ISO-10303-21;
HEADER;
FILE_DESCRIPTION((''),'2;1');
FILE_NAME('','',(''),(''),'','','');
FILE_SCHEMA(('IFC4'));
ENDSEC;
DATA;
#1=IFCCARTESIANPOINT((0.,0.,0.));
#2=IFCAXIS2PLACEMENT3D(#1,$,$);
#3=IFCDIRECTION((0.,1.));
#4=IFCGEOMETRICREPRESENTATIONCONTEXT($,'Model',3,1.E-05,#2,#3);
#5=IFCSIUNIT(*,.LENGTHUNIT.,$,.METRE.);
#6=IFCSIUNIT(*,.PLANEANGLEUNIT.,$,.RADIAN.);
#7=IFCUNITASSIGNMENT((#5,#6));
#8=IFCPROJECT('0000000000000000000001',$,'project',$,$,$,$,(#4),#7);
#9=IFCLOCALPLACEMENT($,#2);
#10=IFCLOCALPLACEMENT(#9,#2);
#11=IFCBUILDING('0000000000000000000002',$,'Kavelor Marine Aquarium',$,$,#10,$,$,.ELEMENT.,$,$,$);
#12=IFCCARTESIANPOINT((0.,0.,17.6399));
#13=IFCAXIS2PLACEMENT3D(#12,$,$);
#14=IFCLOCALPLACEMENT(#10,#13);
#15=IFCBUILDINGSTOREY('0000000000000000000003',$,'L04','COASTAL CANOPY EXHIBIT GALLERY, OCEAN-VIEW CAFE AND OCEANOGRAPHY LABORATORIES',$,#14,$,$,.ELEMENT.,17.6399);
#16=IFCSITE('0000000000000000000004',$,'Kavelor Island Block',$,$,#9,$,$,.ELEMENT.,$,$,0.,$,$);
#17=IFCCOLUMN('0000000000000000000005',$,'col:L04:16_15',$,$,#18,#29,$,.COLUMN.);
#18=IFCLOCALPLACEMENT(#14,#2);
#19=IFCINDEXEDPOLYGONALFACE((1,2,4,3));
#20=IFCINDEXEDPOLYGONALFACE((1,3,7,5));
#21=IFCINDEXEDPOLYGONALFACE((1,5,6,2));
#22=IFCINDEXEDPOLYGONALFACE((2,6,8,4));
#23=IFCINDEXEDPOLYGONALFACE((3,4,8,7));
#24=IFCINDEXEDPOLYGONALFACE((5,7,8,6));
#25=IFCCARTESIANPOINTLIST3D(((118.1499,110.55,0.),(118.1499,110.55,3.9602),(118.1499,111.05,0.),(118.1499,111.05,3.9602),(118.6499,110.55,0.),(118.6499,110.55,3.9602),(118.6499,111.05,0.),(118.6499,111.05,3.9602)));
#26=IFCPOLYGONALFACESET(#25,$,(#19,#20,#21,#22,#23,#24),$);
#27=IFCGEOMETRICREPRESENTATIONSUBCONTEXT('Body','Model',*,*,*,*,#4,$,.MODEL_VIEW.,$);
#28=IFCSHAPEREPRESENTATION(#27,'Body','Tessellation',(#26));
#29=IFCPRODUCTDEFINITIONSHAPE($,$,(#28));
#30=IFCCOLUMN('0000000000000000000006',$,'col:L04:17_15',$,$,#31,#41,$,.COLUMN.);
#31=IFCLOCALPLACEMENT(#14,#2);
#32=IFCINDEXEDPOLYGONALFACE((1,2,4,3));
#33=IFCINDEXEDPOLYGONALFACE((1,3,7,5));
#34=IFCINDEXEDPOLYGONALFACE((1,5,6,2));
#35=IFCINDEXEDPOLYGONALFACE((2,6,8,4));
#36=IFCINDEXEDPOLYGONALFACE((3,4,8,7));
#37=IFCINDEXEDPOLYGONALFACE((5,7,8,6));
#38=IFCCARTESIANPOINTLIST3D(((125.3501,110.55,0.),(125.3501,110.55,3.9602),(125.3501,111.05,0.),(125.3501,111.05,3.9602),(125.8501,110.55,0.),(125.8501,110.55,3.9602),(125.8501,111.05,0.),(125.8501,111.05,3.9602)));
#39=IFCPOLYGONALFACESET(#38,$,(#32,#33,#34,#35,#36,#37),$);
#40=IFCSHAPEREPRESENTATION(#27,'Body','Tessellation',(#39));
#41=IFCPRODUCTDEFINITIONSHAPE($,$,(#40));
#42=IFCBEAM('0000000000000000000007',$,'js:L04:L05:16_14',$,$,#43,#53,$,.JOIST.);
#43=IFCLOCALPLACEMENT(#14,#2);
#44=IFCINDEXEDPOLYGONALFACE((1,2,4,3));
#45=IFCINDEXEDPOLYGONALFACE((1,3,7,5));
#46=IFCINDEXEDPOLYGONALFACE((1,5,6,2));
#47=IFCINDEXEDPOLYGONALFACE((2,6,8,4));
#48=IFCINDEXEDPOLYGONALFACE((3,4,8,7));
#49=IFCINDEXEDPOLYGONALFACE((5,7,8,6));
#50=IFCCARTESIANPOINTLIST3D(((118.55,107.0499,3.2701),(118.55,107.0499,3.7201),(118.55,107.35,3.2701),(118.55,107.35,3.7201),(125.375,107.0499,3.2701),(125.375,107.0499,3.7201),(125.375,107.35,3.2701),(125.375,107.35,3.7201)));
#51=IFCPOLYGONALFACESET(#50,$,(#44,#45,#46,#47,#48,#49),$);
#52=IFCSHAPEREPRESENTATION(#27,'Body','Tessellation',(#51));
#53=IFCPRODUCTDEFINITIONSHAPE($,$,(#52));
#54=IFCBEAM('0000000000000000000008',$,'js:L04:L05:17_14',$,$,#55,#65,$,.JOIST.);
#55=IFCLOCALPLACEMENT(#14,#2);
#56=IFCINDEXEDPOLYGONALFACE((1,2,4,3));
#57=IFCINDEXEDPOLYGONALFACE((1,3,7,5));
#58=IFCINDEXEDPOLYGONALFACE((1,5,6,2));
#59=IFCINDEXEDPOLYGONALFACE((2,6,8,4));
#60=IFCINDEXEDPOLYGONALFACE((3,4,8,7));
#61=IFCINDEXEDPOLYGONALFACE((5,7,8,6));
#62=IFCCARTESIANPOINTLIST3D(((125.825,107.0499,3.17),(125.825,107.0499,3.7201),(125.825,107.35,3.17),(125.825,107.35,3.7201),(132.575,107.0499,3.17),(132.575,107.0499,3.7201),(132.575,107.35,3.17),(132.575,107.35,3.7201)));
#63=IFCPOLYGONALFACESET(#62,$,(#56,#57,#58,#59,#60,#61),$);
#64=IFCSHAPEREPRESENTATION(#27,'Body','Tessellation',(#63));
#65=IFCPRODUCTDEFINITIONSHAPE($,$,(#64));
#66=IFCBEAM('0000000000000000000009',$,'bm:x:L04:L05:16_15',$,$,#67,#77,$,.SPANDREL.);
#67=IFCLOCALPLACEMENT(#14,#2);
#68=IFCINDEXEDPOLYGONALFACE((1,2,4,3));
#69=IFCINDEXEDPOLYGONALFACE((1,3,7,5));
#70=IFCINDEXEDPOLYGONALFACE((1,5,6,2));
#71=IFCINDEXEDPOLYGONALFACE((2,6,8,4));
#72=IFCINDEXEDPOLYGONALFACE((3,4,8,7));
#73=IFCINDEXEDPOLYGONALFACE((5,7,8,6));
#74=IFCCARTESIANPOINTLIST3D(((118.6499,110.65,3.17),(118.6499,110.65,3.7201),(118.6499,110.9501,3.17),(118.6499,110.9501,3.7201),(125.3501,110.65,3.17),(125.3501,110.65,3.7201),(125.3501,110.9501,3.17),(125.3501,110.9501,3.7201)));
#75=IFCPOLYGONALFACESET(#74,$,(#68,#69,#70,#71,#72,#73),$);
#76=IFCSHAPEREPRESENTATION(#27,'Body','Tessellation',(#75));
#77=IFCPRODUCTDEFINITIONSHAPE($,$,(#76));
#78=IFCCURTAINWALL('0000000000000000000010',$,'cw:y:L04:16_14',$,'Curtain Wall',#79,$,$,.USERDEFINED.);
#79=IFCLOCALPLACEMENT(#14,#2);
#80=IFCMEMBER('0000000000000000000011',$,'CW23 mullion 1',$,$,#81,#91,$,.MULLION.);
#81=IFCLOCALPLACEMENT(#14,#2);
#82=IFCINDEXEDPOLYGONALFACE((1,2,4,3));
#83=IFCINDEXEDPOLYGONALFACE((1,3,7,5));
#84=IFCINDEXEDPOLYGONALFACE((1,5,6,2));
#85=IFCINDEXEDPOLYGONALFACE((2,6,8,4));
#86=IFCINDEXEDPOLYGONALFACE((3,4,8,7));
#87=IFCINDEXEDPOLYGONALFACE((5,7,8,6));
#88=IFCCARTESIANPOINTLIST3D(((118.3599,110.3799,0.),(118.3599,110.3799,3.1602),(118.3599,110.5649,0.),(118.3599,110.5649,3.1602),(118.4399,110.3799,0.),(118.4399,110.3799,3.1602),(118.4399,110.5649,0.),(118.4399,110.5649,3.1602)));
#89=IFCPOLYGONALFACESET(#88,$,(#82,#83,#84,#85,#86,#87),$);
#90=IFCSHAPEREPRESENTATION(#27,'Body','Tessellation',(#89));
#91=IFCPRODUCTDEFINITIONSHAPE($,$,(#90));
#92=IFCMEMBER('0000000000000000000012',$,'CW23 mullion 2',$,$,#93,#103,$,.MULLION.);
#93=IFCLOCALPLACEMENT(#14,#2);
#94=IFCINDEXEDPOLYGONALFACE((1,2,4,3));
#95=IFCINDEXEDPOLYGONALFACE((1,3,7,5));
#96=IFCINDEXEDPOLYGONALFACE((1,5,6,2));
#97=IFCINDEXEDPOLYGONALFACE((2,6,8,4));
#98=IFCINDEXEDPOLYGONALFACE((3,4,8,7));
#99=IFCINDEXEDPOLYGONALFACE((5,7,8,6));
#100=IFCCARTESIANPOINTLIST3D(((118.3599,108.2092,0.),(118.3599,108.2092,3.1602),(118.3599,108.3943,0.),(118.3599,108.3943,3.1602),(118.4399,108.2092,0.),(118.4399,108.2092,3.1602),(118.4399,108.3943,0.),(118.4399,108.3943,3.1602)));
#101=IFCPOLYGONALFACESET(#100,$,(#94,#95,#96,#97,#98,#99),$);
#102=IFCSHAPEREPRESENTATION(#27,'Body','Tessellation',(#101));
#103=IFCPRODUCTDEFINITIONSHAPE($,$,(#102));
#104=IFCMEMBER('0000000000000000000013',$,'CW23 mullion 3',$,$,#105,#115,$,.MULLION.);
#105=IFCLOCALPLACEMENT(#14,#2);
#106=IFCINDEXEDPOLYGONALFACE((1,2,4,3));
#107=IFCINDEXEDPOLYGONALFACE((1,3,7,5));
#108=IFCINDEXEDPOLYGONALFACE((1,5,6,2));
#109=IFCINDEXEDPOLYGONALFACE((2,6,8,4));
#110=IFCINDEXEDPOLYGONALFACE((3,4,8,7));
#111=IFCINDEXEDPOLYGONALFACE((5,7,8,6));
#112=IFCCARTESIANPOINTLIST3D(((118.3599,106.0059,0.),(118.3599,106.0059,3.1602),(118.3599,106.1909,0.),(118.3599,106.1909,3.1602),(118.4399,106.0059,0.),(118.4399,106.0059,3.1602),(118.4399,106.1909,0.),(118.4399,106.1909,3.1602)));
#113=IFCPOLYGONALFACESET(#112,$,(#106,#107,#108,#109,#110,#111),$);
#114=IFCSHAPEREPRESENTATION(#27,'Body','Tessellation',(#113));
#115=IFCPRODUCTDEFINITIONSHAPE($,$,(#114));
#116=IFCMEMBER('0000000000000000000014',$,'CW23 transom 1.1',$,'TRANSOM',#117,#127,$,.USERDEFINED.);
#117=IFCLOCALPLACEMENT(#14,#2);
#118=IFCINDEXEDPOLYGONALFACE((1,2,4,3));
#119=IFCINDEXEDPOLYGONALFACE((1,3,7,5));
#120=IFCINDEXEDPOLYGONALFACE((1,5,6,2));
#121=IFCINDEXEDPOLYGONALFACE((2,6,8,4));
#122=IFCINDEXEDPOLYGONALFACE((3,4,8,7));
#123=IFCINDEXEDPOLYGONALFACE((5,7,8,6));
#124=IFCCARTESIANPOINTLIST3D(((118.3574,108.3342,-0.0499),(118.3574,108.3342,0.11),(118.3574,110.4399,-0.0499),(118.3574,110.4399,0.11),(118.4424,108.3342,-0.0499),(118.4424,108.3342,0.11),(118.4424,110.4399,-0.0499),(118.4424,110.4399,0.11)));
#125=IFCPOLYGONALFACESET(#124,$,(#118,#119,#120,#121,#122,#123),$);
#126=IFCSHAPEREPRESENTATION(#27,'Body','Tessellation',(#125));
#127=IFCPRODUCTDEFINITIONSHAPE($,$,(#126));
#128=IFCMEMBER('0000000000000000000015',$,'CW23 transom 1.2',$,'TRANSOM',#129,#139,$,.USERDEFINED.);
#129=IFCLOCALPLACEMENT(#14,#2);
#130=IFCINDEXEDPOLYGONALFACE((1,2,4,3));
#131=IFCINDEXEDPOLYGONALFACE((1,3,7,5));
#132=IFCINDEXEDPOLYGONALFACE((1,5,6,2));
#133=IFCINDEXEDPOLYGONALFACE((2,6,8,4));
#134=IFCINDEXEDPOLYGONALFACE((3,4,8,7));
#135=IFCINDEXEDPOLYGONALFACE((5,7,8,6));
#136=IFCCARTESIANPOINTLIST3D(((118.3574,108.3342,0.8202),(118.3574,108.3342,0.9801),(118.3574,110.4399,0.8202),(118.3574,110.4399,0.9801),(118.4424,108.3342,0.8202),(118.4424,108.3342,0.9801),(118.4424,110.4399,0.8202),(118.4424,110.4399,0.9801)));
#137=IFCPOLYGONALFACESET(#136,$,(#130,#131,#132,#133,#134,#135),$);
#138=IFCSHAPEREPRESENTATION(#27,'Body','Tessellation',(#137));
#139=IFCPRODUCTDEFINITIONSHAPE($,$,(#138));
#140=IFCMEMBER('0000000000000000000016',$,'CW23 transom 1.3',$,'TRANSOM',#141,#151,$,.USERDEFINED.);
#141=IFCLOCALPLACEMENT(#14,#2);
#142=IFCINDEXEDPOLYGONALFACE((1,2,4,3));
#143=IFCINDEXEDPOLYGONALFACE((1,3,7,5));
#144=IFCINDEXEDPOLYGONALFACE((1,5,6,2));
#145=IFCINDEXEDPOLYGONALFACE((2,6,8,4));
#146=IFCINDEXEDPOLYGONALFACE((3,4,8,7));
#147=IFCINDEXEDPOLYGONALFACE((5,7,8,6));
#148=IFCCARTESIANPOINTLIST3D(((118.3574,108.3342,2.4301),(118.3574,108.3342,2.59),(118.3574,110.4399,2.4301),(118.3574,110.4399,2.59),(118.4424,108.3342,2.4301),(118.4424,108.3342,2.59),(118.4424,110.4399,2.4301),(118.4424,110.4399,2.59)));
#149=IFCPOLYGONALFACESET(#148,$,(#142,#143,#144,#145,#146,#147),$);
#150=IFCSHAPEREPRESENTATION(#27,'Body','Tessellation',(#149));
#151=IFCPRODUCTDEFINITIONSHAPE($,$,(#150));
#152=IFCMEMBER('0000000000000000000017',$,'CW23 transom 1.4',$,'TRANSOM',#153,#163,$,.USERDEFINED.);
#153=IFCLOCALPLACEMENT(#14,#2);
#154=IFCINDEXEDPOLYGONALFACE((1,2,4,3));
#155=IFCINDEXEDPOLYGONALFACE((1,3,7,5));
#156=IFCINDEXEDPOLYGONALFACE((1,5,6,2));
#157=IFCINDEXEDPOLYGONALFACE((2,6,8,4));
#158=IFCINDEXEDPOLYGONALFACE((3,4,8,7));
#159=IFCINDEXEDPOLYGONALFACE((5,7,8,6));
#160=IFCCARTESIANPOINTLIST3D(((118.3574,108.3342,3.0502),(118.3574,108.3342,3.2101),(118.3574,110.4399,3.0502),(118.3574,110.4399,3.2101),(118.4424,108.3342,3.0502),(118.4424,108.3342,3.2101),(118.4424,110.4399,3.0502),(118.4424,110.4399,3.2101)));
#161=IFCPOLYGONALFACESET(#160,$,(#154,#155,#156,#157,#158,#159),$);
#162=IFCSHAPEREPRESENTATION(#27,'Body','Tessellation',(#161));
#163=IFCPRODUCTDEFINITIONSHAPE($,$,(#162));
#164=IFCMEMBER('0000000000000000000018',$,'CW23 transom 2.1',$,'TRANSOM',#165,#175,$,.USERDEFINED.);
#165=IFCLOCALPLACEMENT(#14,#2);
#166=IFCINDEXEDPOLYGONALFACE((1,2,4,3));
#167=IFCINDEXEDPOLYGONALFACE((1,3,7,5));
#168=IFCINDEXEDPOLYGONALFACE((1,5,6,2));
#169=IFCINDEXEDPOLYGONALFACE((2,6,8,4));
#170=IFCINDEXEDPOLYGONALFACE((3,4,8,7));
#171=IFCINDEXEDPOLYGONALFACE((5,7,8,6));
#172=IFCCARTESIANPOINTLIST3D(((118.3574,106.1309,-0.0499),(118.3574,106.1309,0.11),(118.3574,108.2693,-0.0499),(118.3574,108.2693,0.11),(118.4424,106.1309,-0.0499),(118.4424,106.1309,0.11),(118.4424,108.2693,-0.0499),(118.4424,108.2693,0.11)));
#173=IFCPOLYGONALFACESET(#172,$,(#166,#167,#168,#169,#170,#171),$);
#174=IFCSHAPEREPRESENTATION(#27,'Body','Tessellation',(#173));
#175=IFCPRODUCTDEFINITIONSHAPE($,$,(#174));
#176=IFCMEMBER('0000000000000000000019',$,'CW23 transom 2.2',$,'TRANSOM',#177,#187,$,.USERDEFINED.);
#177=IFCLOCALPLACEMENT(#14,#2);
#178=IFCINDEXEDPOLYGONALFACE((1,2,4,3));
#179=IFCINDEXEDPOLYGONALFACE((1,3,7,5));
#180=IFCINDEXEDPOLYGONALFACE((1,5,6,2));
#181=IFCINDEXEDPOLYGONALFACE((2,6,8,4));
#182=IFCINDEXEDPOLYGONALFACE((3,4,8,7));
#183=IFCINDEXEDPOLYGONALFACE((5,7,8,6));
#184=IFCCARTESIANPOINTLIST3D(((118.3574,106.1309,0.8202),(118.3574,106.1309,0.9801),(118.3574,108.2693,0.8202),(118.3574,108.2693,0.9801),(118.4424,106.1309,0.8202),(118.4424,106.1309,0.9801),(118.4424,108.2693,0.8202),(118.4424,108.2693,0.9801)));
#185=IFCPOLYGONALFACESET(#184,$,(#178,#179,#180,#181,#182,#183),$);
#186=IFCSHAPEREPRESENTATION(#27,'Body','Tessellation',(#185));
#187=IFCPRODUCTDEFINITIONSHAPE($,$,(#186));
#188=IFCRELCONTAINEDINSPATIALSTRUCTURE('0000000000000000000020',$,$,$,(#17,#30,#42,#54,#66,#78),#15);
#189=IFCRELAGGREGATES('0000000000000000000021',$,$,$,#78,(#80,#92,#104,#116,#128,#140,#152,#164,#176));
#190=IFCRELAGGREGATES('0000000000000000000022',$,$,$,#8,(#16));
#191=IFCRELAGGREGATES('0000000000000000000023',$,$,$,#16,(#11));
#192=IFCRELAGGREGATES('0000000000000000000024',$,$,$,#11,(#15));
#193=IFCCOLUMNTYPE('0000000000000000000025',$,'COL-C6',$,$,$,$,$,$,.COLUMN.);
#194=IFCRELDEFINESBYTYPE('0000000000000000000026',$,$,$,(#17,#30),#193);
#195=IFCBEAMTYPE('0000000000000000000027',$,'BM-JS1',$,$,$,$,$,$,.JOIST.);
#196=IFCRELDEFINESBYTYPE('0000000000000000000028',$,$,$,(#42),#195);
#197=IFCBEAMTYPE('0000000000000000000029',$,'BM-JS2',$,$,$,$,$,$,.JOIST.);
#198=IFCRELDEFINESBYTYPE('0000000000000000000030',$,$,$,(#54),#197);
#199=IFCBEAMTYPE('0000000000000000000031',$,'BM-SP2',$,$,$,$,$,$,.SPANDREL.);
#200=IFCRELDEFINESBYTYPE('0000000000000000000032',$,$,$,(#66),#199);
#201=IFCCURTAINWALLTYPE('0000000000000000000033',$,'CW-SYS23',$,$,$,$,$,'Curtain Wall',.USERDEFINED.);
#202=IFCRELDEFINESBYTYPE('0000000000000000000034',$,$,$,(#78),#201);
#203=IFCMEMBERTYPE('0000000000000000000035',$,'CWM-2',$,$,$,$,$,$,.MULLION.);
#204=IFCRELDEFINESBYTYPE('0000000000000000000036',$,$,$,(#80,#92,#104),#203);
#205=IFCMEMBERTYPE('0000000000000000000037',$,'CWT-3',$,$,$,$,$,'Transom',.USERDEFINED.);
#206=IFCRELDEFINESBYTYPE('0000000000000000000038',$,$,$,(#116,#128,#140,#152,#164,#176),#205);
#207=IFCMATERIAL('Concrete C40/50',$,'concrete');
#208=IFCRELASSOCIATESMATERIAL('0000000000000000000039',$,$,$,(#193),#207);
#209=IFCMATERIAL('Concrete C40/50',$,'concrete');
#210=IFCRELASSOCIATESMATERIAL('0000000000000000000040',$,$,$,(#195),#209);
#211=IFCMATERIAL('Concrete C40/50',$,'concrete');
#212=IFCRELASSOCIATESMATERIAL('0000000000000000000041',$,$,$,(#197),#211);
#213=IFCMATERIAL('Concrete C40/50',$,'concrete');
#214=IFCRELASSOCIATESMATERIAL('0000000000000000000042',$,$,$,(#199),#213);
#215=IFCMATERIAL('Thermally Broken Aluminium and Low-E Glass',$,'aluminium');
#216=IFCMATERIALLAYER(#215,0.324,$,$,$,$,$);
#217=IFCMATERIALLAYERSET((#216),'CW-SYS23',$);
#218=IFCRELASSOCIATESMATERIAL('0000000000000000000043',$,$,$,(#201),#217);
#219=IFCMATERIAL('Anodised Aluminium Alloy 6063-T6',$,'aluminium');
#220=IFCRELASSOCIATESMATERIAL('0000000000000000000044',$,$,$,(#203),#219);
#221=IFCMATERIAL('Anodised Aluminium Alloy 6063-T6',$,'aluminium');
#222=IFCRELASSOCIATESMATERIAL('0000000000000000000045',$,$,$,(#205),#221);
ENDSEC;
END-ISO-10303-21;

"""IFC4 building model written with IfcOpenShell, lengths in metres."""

from ifc_helpers import new_model, si_unit, direction, frame, origin, origin_2d, place, context, subcontext, project, spatial, rectangle, extrude, material, layer, layer_set, material_profile, profile_set, type_object, element, aggregate, save


model = new_model("IFC4")

# Units and contexts
model_context = context("Model", 3, precision=1e-05, world=origin(), true_north=direction((0.0, 1.0)))
body_context = subcontext(model_context, "Body", "Model", "MODEL_VIEW")
ifc_project = project(units=[si_unit("LENGTHUNIT", "METRE"), si_unit("PLANEANGLEUNIT", "RADIAN")], contexts=[model_context])

# Site, building, storey
site_placement = place(None, origin())
site = spatial("IfcSite", under=ifc_project, at=site_placement, Name="Kavelor Island Block", CompositionType="ELEMENT", RefElevation=0.0)
building_placement = place(site_placement, origin())
building = spatial("IfcBuilding", under=site, at=building_placement, Name="Kavelor Marine Aquarium", CompositionType="ELEMENT")
storey_placement = place(building_placement, frame((0.0, 0.0, 17.6399)))
storey = spatial("IfcBuildingStorey", under=building, at=storey_placement, Name="L04", Description="COASTAL CANOPY EXHIBIT GALLERY, OCEAN-VIEW CAFE AND OCEANOGRAPHY LABORATORIES", CompositionType="ELEMENT", Elevation=17.6399)

# Columns
ifc_material_1 = material(Name="Concrete C40/50", Category="concrete")
ifc_material_profile_1 = material_profile(ifc_material_1, rectangle(XDim=0.5, YDim=0.5, at=origin_2d()), Name="RC-COL 500x500")
ifc_profile_set_1 = profile_set([ifc_material_profile_1], Name="Concrete C40/50")
column_type = type_object("IfcColumnType", Name="COL-C6", PredefinedType="COLUMN", material=ifc_profile_set_1)
for number, where, z_axis, x_axis, name in (
    (1, (118.3999, 110.8, 0.0), (0.0, 0.0, 1.0), (1.0, 0.0, 0.0), "col:L04:16_15"),
    (2, (125.6001, 110.8, 0.0), (0.0, 0.0, 1.0), (1.0, 0.0, 0.0), "col:L04:17_15"),
):
    element("IfcColumn", number, at=place(storey_placement, frame(where, z_axis=z_axis, x_axis=x_axis)), inside=storey, type_object=column_type, Name=name, PredefinedType="COLUMN", context=body_context, shape_type="SweptSolid", body=[
        extrude(rectangle(XDim=0.5, YDim=0.5, at=origin_2d()), origin(), (0.0, 0.0, 1.0), 3.9602),
    ])

# Beams
ifc_material_2 = material(Name="Concrete C40/50", Category="concrete")
ifc_material_profile_2 = material_profile(ifc_material_2, rectangle(XDim=0.3, YDim=0.45, at=origin_2d()), Name="RC-JS 300x450")
ifc_profile_set_2 = profile_set([ifc_material_profile_2], Name="Concrete C40/50")
beam_type_1 = type_object("IfcBeamType", Name="BM-JS1", PredefinedType="JOIST", material=ifc_profile_set_2)
beam_1_placement = place(storey_placement, frame((118.55, 107.2, 3.4951), z_axis=(1.0, 0.0, 0.0), x_axis=(0.0, 1.0, 0.0)))
element("IfcBeam", 3, at=beam_1_placement, inside=storey, type_object=beam_type_1, Name="js:L04:L05:16_14", PredefinedType="JOIST", context=body_context, shape_type="SweptSolid", body=[
    extrude(rectangle(XDim=0.3, YDim=0.45, at=origin_2d()), origin(), (0.0, 0.0, 1.0), 6.825),
])
ifc_material_3 = material(Name="Concrete C40/50", Category="concrete")
ifc_material_profile_3 = material_profile(ifc_material_3, rectangle(XDim=0.3, YDim=0.55, at=origin_2d()), Name="RC-JS 300x550")
ifc_profile_set_3 = profile_set([ifc_material_profile_3], Name="Concrete C40/50")
beam_type_2 = type_object("IfcBeamType", Name="BM-JS2", PredefinedType="JOIST", material=ifc_profile_set_3)
beam_2_placement = place(storey_placement, frame((125.825, 107.2, 3.4451), z_axis=(1.0, 0.0, 0.0), x_axis=(0.0, 1.0, 0.0)))
element("IfcBeam", 4, at=beam_2_placement, inside=storey, type_object=beam_type_2, Name="js:L04:L05:17_14", PredefinedType="JOIST", context=body_context, shape_type="SweptSolid", body=[
    extrude(rectangle(XDim=0.3, YDim=0.55, at=origin_2d()), origin(), (0.0, 0.0, 1.0), 6.75),
])
ifc_material_4 = material(Name="Concrete C40/50", Category="concrete")
ifc_material_profile_4 = material_profile(ifc_material_4, rectangle(XDim=0.3, YDim=0.55, at=origin_2d()), Name="RC-SP 300x550")
ifc_profile_set_4 = profile_set([ifc_material_profile_4], Name="Concrete C40/50")
beam_type_3 = type_object("IfcBeamType", Name="BM-SP2", PredefinedType="SPANDREL", material=ifc_profile_set_4)
beam_3_placement = place(storey_placement, frame((118.6499, 110.8, 3.4451), z_axis=(1.0, 0.0, 0.0), x_axis=(0.0, 1.0, 0.0)))
element("IfcBeam", 5, at=beam_3_placement, inside=storey, type_object=beam_type_3, Name="bm:x:L04:L05:16_15", PredefinedType="SPANDREL", context=body_context, shape_type="SweptSolid", body=[
    extrude(rectangle(XDim=0.3, YDim=0.55, at=origin_2d()), origin(), (0.0, 0.0, 1.0), 6.7002),
])

# Curtain wall, members
ifc_material_5 = material(Name="Thermally Broken Aluminium and Low-E Glass", Category="aluminium")
ifc_layer_1 = layer(ifc_material_5, 0.324)
ifc_layer_set_1 = layer_set([ifc_layer_1], Name="CW-SYS23")
curtain_wall_type = type_object("IfcCurtainWallType", Name="CW-SYS23", ElementType="Curtain Wall", PredefinedType="USERDEFINED", material=ifc_layer_set_1)
curtain_wall_placement = place(storey_placement, origin())
curtain_wall = element("IfcCurtainWall", 6, at=curtain_wall_placement, inside=storey, type_object=curtain_wall_type, Name="cw:y:L04:16_14", ObjectType="Curtain Wall", PredefinedType="USERDEFINED")
ifc_material_6 = material(Name="Anodised Aluminium Alloy 6063-T6", Category="aluminium")
ifc_material_profile_5 = material_profile(ifc_material_6, rectangle(XDim=0.0801, YDim=0.1851, at=origin_2d()), Name="CW-MUL 80x185")
ifc_profile_set_5 = profile_set([ifc_material_profile_5], Name="Anodised Aluminium Alloy 6063-T6")
member_type_1 = type_object("IfcMemberType", Name="CWM-2", PredefinedType="MULLION", material=ifc_profile_set_5)
member_1_placement = place(storey_placement, frame((118.3999, 110.4724, 0.0), z_axis=(0.0, 0.0, 1.0), x_axis=(1.0, 0.0, 0.0)))
member_1 = element("IfcMember", 7, at=member_1_placement, type_object=member_type_1, Name="CW23 mullion 1", PredefinedType="MULLION", context=body_context, shape_type="SweptSolid", body=[
    extrude(rectangle(XDim=0.0801, YDim=0.1851, at=origin_2d()), origin(), (0.0, 0.0, 1.0), 3.1602),
])
member_2_placement = place(storey_placement, frame((118.3999, 108.3018, 0.0), z_axis=(0.0, 0.0, 1.0), x_axis=(1.0, 0.0, 0.0)))
member_2 = element("IfcMember", 8, at=member_2_placement, type_object=member_type_1, Name="CW23 mullion 2", PredefinedType="MULLION", context=body_context, shape_type="SweptSolid", body=[
    extrude(rectangle(XDim=0.0801, YDim=0.1851, at=origin_2d()), origin(), (0.0, 0.0, 1.0), 3.1602),
])
member_3_placement = place(storey_placement, frame((118.3999, 106.0984, 0.0), z_axis=(0.0, 0.0, 1.0), x_axis=(1.0, 0.0, 0.0)))
member_3 = element("IfcMember", 9, at=member_3_placement, type_object=member_type_1, Name="CW23 mullion 3", PredefinedType="MULLION", context=body_context, shape_type="SweptSolid", body=[
    extrude(rectangle(XDim=0.0801, YDim=0.1851, at=origin_2d()), origin(), (0.0, 0.0, 1.0), 3.1602),
])
ifc_material_7 = material(Name="Anodised Aluminium Alloy 6063-T6", Category="aluminium")
ifc_material_profile_6 = material_profile(ifc_material_7, rectangle(XDim=0.085, YDim=0.1599, at=origin_2d()), Name="CW-TRN 85x160")
ifc_profile_set_6 = profile_set([ifc_material_profile_6], Name="Anodised Aluminium Alloy 6063-T6")
member_type_2 = type_object("IfcMemberType", Name="CWT-3", ElementType="Transom", PredefinedType="USERDEFINED", material=ifc_profile_set_6)
member_4_placement = place(storey_placement, frame((118.3999, 110.4399, 0.03), z_axis=(0.0, -1.0, 0.0), x_axis=(1.0, 0.0, 0.0)))
member_4 = element("IfcMember", 10, at=member_4_placement, type_object=member_type_2, Name="CW23 transom 1.1", ObjectType="TRANSOM", PredefinedType="USERDEFINED", context=body_context, shape_type="SweptSolid", body=[
    extrude(rectangle(XDim=0.085, YDim=0.1599, at=origin_2d()), origin(), (0.0, 0.0, 1.0), 2.1057),
])
member_5_placement = place(storey_placement, frame((118.3999, 110.4399, 0.9001), z_axis=(0.0, -1.0, 0.0), x_axis=(1.0, 0.0, 0.0)))
member_5 = element("IfcMember", 11, at=member_5_placement, type_object=member_type_2, Name="CW23 transom 1.2", ObjectType="TRANSOM", PredefinedType="USERDEFINED", context=body_context, shape_type="SweptSolid", body=[
    extrude(rectangle(XDim=0.085, YDim=0.1599, at=origin_2d()), origin(), (0.0, 0.0, 1.0), 2.1057),
])
member_6_placement = place(storey_placement, frame((118.3999, 110.4399, 2.51), z_axis=(0.0, -1.0, 0.0), x_axis=(1.0, 0.0, 0.0)))
member_6 = element("IfcMember", 12, at=member_6_placement, type_object=member_type_2, Name="CW23 transom 1.3", ObjectType="TRANSOM", PredefinedType="USERDEFINED", context=body_context, shape_type="SweptSolid", body=[
    extrude(rectangle(XDim=0.085, YDim=0.1599, at=origin_2d()), origin(), (0.0, 0.0, 1.0), 2.1057),
])
member_7_placement = place(storey_placement, frame((118.3999, 110.4399, 3.1301), z_axis=(0.0, -1.0, 0.0), x_axis=(1.0, 0.0, 0.0)))
member_7 = element("IfcMember", 13, at=member_7_placement, type_object=member_type_2, Name="CW23 transom 1.4", ObjectType="TRANSOM", PredefinedType="USERDEFINED", context=body_context, shape_type="SweptSolid", body=[
    extrude(rectangle(XDim=0.085, YDim=0.1599, at=origin_2d()), origin(), (0.0, 0.0, 1.0), 2.1057),
])
member_8_placement = place(storey_placement, frame((118.3999, 108.2693, 0.03), z_axis=(0.0, -1.0, 0.0), x_axis=(1.0, 0.0, 0.0)))
member_8 = element("IfcMember", 14, at=member_8_placement, type_object=member_type_2, Name="CW23 transom 2.1", ObjectType="TRANSOM", PredefinedType="USERDEFINED", context=body_context, shape_type="SweptSolid", body=[
    extrude(rectangle(XDim=0.085, YDim=0.1599, at=origin_2d()), origin(), (0.0, 0.0, 1.0), 2.1384),
])
member_9_placement = place(storey_placement, frame((118.3999, 108.2693, 0.9001), z_axis=(0.0, -1.0, 0.0), x_axis=(1.0, 0.0, 0.0)))
member_9 = element("IfcMember", 15, at=member_9_placement, type_object=member_type_2, Name="CW23 transom 2.2", ObjectType="TRANSOM", PredefinedType="USERDEFINED", context=body_context, shape_type="SweptSolid", body=[
    extrude(rectangle(XDim=0.085, YDim=0.1599, at=origin_2d()), origin(), (0.0, 0.0, 1.0), 2.1384),
])
aggregate(curtain_wall, [member_1, member_2, member_3, member_4, member_5, member_6, member_7, member_8, member_9])

save(model, "model.ifc")
